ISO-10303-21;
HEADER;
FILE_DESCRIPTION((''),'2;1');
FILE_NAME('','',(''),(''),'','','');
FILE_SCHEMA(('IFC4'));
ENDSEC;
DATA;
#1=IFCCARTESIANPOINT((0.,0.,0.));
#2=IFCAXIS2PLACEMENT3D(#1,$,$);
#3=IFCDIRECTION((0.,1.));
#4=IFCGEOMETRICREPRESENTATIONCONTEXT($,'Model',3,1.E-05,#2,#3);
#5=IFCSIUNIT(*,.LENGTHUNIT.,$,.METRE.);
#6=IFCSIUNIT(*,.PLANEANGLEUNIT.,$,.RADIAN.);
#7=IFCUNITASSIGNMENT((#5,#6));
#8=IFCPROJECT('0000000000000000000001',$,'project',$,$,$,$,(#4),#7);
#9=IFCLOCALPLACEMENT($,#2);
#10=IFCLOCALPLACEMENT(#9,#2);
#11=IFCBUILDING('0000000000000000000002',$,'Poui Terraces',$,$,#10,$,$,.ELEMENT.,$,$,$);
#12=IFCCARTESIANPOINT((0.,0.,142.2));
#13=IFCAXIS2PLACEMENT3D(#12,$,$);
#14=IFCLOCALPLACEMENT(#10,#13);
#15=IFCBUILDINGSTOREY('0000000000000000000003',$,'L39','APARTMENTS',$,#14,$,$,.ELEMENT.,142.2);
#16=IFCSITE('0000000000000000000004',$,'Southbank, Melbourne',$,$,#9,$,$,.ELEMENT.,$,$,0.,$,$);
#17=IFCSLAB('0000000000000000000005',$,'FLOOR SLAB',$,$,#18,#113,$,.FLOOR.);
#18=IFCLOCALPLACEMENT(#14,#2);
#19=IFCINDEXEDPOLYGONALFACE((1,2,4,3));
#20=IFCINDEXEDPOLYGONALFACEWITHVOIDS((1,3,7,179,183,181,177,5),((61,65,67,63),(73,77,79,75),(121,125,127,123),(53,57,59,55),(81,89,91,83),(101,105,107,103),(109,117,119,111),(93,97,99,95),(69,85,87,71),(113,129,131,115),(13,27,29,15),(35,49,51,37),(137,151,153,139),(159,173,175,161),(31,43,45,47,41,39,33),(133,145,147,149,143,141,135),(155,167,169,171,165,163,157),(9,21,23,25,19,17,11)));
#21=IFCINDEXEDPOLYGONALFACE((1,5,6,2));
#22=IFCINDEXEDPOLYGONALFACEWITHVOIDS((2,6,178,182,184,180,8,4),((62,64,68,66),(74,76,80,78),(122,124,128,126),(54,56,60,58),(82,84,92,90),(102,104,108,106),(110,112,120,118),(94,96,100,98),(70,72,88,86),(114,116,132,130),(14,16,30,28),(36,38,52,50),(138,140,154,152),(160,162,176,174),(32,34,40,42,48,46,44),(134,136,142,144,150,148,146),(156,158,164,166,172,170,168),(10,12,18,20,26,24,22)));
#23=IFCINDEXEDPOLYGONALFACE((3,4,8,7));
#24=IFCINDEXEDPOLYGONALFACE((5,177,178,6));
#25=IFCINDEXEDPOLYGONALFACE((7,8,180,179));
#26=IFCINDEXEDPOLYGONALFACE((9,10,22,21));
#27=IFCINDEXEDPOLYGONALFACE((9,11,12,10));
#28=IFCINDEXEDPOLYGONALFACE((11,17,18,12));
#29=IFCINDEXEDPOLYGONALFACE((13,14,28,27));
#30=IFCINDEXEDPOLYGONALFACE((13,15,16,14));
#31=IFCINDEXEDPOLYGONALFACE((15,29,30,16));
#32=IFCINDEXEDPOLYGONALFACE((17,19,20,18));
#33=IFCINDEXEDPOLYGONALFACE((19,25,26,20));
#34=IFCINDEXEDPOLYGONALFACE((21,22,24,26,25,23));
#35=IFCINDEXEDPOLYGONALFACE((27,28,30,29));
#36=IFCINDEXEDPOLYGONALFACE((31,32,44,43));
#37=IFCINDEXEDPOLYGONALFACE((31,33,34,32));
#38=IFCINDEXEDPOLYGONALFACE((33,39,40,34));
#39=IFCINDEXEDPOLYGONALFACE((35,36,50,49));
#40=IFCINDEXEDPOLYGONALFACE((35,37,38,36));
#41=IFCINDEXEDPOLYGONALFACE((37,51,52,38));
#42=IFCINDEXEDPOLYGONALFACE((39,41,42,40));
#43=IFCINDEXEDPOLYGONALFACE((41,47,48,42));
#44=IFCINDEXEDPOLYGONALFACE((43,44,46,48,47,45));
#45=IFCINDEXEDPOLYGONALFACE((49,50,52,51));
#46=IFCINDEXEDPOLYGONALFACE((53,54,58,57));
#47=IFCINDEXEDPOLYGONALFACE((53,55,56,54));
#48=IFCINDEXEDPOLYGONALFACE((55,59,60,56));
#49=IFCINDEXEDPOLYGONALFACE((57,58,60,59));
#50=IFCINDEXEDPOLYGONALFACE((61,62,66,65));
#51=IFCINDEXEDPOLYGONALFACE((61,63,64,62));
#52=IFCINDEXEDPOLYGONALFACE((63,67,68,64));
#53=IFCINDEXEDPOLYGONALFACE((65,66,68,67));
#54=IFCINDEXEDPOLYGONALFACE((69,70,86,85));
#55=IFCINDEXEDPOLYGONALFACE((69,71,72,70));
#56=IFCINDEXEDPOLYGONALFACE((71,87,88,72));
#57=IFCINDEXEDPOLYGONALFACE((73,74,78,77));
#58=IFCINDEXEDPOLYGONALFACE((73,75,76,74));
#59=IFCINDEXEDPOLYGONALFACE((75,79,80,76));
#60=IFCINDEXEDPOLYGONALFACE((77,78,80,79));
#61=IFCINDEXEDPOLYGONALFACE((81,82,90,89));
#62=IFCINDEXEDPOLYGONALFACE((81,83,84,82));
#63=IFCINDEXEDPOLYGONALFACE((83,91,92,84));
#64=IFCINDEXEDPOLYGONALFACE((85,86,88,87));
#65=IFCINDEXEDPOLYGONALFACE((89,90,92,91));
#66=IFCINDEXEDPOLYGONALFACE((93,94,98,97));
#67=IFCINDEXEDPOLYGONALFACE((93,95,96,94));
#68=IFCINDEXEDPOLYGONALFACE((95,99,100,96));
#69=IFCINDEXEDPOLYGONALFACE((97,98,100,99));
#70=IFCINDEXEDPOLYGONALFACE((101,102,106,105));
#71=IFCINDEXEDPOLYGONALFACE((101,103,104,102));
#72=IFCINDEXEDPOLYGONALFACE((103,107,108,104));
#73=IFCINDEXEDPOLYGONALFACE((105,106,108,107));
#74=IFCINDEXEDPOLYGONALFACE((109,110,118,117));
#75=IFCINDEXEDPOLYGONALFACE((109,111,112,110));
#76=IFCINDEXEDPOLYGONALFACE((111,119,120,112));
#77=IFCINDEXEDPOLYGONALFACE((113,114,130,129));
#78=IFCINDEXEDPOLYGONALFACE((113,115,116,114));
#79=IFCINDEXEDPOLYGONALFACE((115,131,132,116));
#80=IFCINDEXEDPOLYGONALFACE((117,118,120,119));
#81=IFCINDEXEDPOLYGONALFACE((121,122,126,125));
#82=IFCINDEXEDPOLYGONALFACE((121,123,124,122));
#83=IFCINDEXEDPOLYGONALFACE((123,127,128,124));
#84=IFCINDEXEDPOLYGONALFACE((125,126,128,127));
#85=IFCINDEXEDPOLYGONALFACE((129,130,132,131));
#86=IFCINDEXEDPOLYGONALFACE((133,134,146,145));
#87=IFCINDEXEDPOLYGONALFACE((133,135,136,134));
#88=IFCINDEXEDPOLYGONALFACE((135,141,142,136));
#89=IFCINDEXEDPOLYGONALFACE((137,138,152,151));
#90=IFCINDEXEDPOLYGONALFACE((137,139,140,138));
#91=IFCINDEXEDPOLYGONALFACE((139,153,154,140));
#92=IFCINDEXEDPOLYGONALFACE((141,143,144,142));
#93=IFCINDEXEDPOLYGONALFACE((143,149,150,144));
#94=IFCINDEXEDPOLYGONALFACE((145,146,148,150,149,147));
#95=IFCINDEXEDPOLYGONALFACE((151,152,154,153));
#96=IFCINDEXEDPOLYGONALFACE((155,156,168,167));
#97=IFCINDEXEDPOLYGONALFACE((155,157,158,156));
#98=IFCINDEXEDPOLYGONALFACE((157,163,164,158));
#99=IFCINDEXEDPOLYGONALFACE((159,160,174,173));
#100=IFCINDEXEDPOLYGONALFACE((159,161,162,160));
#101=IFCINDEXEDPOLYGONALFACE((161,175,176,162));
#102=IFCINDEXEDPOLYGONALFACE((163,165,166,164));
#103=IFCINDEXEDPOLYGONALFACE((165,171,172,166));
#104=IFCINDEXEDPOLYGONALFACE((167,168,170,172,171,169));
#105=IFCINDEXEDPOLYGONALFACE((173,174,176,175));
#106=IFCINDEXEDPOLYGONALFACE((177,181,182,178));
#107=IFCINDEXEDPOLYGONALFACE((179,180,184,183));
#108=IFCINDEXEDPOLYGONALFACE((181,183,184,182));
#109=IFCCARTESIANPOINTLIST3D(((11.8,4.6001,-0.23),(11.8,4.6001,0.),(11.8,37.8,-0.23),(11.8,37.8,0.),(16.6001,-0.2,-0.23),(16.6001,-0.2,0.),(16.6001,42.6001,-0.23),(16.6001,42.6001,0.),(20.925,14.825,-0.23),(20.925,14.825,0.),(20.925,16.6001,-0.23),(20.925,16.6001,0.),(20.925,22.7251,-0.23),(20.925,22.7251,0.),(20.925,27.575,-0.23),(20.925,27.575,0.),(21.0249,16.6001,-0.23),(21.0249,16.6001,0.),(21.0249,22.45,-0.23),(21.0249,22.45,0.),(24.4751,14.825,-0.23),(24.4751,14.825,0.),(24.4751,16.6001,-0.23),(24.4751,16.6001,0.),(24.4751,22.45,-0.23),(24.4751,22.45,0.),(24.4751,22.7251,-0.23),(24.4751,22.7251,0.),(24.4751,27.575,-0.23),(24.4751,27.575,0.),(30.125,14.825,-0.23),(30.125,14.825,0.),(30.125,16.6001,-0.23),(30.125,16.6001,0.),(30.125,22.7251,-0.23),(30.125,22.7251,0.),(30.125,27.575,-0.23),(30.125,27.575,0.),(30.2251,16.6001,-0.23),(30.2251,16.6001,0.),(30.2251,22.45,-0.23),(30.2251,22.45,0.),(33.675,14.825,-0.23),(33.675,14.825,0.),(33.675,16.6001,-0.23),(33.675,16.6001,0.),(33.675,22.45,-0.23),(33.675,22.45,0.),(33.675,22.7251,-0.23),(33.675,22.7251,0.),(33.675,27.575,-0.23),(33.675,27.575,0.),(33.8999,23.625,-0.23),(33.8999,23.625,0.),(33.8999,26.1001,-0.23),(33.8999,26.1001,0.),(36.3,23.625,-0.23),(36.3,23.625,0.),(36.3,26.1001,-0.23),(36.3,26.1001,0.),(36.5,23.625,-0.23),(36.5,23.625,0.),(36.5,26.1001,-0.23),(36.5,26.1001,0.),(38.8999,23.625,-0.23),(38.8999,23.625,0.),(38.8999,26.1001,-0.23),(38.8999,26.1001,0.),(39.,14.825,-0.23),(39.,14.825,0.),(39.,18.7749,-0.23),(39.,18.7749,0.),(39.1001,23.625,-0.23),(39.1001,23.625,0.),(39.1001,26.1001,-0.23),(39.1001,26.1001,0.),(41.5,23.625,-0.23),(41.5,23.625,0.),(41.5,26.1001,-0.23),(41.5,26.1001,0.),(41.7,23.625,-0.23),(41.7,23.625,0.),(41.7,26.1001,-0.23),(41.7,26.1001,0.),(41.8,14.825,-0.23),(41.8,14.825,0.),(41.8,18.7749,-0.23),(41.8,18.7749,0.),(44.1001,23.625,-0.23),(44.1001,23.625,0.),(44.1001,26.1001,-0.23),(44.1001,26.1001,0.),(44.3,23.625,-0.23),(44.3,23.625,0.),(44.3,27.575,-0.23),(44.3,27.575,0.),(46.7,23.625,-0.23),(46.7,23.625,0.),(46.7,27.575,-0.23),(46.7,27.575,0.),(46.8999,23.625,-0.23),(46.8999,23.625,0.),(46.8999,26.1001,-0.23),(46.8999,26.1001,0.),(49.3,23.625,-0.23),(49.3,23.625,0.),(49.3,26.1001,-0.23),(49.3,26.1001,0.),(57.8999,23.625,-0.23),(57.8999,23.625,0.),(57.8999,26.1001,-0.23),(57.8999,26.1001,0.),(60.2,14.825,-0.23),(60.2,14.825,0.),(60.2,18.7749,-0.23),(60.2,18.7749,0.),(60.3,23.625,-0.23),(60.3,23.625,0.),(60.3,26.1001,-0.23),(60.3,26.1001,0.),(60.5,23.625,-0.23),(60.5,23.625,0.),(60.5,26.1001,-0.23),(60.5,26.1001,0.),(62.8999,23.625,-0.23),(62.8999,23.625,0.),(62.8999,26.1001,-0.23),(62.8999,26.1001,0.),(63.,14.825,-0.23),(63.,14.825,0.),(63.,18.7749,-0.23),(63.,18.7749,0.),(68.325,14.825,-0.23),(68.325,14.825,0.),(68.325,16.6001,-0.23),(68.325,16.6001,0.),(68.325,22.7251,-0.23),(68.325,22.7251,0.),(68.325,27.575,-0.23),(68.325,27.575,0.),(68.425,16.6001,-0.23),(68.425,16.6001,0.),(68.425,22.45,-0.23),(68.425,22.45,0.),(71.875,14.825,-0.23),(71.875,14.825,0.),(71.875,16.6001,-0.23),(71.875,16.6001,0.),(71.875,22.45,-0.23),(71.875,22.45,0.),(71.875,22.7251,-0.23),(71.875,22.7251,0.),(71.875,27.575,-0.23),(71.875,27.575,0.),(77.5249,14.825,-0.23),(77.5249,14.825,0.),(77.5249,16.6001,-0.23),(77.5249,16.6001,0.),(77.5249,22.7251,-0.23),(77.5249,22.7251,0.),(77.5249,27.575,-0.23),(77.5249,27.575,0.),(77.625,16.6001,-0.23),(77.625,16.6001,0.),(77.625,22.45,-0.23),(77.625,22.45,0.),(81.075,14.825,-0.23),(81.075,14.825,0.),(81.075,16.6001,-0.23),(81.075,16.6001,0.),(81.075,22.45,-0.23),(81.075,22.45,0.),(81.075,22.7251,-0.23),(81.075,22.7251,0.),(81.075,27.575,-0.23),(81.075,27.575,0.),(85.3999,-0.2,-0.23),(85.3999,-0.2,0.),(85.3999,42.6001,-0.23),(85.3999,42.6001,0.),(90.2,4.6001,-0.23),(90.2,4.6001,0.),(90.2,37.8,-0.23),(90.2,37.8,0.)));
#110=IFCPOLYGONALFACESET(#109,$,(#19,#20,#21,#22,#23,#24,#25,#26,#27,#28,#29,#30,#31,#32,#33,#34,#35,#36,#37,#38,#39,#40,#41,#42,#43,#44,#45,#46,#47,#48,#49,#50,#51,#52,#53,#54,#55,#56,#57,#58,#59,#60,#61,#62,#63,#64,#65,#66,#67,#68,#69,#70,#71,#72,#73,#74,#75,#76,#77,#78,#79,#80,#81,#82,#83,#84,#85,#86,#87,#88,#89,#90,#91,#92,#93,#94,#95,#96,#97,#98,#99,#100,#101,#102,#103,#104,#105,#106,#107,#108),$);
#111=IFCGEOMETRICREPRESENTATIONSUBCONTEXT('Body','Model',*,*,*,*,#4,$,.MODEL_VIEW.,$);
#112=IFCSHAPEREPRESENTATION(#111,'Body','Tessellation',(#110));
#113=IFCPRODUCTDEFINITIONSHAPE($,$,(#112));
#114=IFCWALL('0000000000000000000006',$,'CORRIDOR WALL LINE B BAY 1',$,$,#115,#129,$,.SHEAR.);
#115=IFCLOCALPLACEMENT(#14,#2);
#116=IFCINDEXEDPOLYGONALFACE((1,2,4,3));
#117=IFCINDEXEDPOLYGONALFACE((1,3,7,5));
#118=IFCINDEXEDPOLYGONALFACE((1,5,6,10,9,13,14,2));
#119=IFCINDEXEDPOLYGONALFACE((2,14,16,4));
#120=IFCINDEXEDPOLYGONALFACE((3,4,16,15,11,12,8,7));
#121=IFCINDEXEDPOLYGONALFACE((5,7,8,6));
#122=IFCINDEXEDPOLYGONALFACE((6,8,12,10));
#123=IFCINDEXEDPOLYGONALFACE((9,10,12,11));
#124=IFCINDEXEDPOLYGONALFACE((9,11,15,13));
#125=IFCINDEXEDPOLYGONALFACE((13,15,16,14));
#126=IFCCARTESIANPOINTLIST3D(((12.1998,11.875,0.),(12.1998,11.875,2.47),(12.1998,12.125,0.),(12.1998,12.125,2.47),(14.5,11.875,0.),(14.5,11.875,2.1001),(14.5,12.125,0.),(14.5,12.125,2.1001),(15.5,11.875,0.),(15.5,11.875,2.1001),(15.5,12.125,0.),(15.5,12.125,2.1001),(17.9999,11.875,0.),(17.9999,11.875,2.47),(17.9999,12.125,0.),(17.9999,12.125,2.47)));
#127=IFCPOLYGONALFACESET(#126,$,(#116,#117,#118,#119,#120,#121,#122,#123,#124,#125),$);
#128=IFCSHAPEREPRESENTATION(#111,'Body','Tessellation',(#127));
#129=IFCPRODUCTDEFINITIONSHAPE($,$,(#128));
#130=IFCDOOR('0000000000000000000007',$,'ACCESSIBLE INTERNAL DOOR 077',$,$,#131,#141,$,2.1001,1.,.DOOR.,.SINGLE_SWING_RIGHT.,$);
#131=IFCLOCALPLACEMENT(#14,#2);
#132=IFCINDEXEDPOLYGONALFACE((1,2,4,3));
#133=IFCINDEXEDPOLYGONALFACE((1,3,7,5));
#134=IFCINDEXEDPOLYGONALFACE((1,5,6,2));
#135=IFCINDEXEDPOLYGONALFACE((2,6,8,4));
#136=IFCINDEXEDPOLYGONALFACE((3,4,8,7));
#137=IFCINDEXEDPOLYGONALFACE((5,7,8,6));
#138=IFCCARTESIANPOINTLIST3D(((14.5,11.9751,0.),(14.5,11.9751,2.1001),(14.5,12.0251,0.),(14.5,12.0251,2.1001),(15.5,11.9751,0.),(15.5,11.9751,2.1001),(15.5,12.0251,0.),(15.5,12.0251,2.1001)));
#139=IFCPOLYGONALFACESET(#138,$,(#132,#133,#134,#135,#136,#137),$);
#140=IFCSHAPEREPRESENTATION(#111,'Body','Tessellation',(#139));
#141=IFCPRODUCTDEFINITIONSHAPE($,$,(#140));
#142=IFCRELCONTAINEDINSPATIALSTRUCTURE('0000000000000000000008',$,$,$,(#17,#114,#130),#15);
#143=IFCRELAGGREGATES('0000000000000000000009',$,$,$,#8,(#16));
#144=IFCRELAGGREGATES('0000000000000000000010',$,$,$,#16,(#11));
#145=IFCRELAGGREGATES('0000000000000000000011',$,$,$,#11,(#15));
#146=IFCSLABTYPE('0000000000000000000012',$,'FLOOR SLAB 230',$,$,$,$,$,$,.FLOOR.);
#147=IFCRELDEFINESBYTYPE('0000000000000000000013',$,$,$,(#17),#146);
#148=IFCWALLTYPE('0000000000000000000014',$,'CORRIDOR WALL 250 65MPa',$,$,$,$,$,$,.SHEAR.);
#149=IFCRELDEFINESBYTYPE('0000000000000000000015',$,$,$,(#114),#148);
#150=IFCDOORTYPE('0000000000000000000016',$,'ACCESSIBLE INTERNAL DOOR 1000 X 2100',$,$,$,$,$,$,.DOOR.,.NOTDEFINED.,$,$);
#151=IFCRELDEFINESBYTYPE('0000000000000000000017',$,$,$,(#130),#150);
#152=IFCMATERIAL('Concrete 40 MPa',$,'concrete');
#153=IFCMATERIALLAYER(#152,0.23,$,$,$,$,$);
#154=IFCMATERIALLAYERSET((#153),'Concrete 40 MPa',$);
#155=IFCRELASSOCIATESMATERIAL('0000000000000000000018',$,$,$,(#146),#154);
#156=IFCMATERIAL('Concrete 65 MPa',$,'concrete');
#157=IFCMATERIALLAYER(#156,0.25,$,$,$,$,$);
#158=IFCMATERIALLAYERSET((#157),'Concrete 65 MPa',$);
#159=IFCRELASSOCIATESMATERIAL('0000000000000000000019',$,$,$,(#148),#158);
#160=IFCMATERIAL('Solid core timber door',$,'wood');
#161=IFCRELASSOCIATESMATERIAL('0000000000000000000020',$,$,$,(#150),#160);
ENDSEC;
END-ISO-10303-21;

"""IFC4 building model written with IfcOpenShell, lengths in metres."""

from ifc_helpers import new_model, si_unit, direction, frame, frame_2d, origin, place, context, subcontext, project, spatial, polyline, rectangle, outline, extrude, source, transform, mapped, material, layer, layer_set, type_object, element, fill, save


model = new_model("IFC4")

# Units and contexts
model_context = context("Model", 3, precision=1e-05, world=origin(), true_north=direction((0.0, 1.0)))
body_context = subcontext(model_context, "Body", "Model", "MODEL_VIEW")
ifc_project = project(units=[si_unit("LENGTHUNIT", "METRE"), si_unit("PLANEANGLEUNIT", "RADIAN")], contexts=[model_context])

# Site, building, storey
site_placement = place(None, origin())
site = spatial("IfcSite", under=ifc_project, at=site_placement, Name="Southbank, Melbourne", CompositionType="ELEMENT", RefElevation=0.0)
building_placement = place(site_placement, origin())
building = spatial("IfcBuilding", under=site, at=building_placement, Name="Poui Terraces", CompositionType="ELEMENT")
storey_placement = place(building_placement, frame((0.0, 0.0, 142.2)))
storey = spatial("IfcBuildingStorey", under=building, at=storey_placement, Name="L39", Description="APARTMENTS", CompositionType="ELEMENT", Elevation=142.2)

# Shared definitions
ifc_material_1 = material(Name="Concrete 65 MPa", Category="concrete")

# Slab
ifc_material_2 = material(Name="Concrete 40 MPa", Category="concrete")
ifc_layer_1 = layer(ifc_material_2, 0.23)
ifc_layer_set_1 = layer_set([ifc_layer_1], Name="Concrete 40 MPa")
slab_type_1 = type_object("IfcSlabType", Name="FLOOR SLAB 230", PredefinedType="FLOOR", material=ifc_layer_set_1)
shared_shape = source(origin(), body_context, "Body", "SweptSolid", [
    extrude(outline(polyline([(0.0, 0.0), (4.8, -4.8), (73.5999, -4.8), (78.3999, 0.0), (78.3999, 33.2), (73.5999, 38.0), (4.8, 38.0), (0.0, 33.2), (0.0, 0.0)]), holes=[polyline([(27.2, 10.2249), (27.2, 14.1748), (30.0, 14.1748), (30.0, 10.2249), (27.2, 10.2249)]), polyline([(9.2249, 17.8499), (12.675, 17.8499), (12.675, 12.0), (12.675, 10.2249), (9.125, 10.2249), (9.125, 12.0), (9.2249, 12.0), (9.2249, 17.8499)]), polyline([(18.425, 17.8499), (21.875, 17.8499), (21.875, 12.0), (21.875, 10.2249), (18.325, 10.2249), (18.325, 12.0), (18.425, 12.0), (18.425, 17.8499)]), polyline([(22.0999, 19.0249), (22.0999, 21.5), (24.5, 21.5), (24.5, 19.0249), (22.0999, 19.0249)]), polyline([(24.7, 19.0249), (24.7, 21.5), (27.0999, 21.5), (27.0999, 19.0249), (24.7, 19.0249)]), polyline([(27.3, 19.0249), (27.3, 21.5), (29.7, 21.5), (29.7, 19.0249), (27.3, 19.0249)]), polyline([(29.8999, 19.0249), (29.8999, 21.5), (32.3, 21.5), (32.3, 19.0249), (29.8999, 19.0249)]), polyline([(9.125, 22.9749), (12.675, 22.9749), (12.675, 18.125), (9.125, 18.125), (9.125, 22.9749)]), polyline([(18.325, 22.9749), (21.875, 22.9749), (21.875, 18.125), (18.325, 18.125), (18.325, 22.9749)]), polyline([(48.3999, 10.2249), (48.3999, 14.1748), (51.2, 14.1748), (51.2, 10.2249), (48.3999, 10.2249)]), polyline([(56.625, 17.8499), (60.075, 17.8499), (60.075, 12.0), (60.075, 10.2249), (56.5249, 10.2249), (56.5249, 12.0), (56.625, 12.0), (56.625, 17.8499)]), polyline([(65.825, 17.8499), (69.2749, 17.8499), (69.2749, 12.0), (69.2749, 10.2249), (65.7249, 10.2249), (65.7249, 12.0), (65.825, 12.0), (65.825, 17.8499)]), polyline([(35.0999, 19.0249), (35.0999, 21.5), (37.5, 21.5), (37.5, 19.0249), (35.0999, 19.0249)]), polyline([(46.0999, 19.0249), (46.0999, 21.5), (48.5, 21.5), (48.5, 19.0249), (46.0999, 19.0249)]), polyline([(48.7, 19.0249), (48.7, 21.5), (51.0999, 21.5), (51.0999, 19.0249), (48.7, 19.0249)]), polyline([(56.5249, 18.125), (56.5249, 22.9749), (60.075, 22.9749), (60.075, 18.125), (56.5249, 18.125)]), polyline([(65.7249, 22.9749), (69.2749, 22.9749), (69.2749, 18.125), (65.7249, 18.125), (65.7249, 22.9749)]), polyline([(32.5, 22.9749), (34.8999, 22.9749), (34.8999, 19.0249), (32.5, 19.0249), (32.5, 22.9749)])]), origin(), (0.0, 0.0, 1.0), 0.23),
])
slab_1_placement = place(storey_placement, frame((11.8, 4.6001, -0.23)))
element("IfcSlab", 1, at=slab_1_placement, inside=storey, type_object=slab_type_1, Name="FLOOR SLAB", PredefinedType="FLOOR", context=body_context, shape_type="MappedRepresentation", body=[
    mapped(shared_shape, transform((0.0, 0.0, 0.0))),
])

# Wall, opening, door
ifc_layer_2 = layer(ifc_material_1, 0.25)
ifc_layer_set_2 = layer_set([ifc_layer_2], Name="Concrete 65 MPa")
wall_type_1 = type_object("IfcWallType", Name="CORRIDOR WALL 250 65MPa", PredefinedType="SHEAR", material=ifc_layer_set_2)
wall_1_placement = place(storey_placement, frame((12.2, 12.0, 0.0), z_axis=(0.0, 0.0, 1.0), x_axis=(1.0, 0.0, 0.0)))
wall_1 = element("IfcWall", 2, at=wall_1_placement, inside=storey, type_object=wall_type_1, Name="CORRIDOR WALL LINE B BAY 1", PredefinedType="SHEAR", context=body_context, shape_type="SweptSolid", body=[
    extrude(rectangle(XDim=5.8, YDim=0.25, at=frame_2d((2.8999, 0.0))), origin(), (0.0, 0.0, 1.0), 2.47),
])
opening_1_placement = place(wall_1_placement, frame((2.3, 0.0, 0.0)))
opening_1 = element("IfcOpeningElement", 3, at=opening_1_placement, cuts=wall_1, PredefinedType="OPENING", context=body_context, shape_type="SweptSolid", body=[
    extrude(rectangle(XDim=1.0, YDim=2.1001, at=frame_2d((0.5, 1.05))), frame((0.0, 0.135, 0.0), z_axis=(0.0, -1.0, 0.0), x_axis=(1.0, 0.0, 0.0)), (0.0, 0.0, 1.0), 0.27),
])
ifc_material_3 = material(Name="Solid core timber door", Category="wood")
door_type = type_object("IfcDoorType", Name="ACCESSIBLE INTERNAL DOOR 1000 X 2100", OperationType="NOTDEFINED", PredefinedType="DOOR", material=ifc_material_3)
door_placement = place(opening_1_placement, frame((1.0, 0.0, 0.0), z_axis=(0.0, 0.0, 1.0), x_axis=(-1.0, 0.0, 0.0)))
door = element("IfcDoor", 4, at=door_placement, inside=storey, type_object=door_type, Name="ACCESSIBLE INTERNAL DOOR 077", OperationType="SINGLE_SWING_RIGHT", OverallHeight=2.1001, OverallWidth=1.0, PredefinedType="DOOR", context=body_context, shape_type="SweptSolid", body=[
    extrude(rectangle(XDim=1.0, YDim=2.1001, at=frame_2d((0.5, 1.05))), frame((0.0, 0.0249, 0.0), z_axis=(0.0, -1.0, 0.0), x_axis=(1.0, 0.0, 0.0)), (0.0, 0.0, 1.0), 0.05),
])
fill(opening_1, door)

save(model, "model.ifc")
